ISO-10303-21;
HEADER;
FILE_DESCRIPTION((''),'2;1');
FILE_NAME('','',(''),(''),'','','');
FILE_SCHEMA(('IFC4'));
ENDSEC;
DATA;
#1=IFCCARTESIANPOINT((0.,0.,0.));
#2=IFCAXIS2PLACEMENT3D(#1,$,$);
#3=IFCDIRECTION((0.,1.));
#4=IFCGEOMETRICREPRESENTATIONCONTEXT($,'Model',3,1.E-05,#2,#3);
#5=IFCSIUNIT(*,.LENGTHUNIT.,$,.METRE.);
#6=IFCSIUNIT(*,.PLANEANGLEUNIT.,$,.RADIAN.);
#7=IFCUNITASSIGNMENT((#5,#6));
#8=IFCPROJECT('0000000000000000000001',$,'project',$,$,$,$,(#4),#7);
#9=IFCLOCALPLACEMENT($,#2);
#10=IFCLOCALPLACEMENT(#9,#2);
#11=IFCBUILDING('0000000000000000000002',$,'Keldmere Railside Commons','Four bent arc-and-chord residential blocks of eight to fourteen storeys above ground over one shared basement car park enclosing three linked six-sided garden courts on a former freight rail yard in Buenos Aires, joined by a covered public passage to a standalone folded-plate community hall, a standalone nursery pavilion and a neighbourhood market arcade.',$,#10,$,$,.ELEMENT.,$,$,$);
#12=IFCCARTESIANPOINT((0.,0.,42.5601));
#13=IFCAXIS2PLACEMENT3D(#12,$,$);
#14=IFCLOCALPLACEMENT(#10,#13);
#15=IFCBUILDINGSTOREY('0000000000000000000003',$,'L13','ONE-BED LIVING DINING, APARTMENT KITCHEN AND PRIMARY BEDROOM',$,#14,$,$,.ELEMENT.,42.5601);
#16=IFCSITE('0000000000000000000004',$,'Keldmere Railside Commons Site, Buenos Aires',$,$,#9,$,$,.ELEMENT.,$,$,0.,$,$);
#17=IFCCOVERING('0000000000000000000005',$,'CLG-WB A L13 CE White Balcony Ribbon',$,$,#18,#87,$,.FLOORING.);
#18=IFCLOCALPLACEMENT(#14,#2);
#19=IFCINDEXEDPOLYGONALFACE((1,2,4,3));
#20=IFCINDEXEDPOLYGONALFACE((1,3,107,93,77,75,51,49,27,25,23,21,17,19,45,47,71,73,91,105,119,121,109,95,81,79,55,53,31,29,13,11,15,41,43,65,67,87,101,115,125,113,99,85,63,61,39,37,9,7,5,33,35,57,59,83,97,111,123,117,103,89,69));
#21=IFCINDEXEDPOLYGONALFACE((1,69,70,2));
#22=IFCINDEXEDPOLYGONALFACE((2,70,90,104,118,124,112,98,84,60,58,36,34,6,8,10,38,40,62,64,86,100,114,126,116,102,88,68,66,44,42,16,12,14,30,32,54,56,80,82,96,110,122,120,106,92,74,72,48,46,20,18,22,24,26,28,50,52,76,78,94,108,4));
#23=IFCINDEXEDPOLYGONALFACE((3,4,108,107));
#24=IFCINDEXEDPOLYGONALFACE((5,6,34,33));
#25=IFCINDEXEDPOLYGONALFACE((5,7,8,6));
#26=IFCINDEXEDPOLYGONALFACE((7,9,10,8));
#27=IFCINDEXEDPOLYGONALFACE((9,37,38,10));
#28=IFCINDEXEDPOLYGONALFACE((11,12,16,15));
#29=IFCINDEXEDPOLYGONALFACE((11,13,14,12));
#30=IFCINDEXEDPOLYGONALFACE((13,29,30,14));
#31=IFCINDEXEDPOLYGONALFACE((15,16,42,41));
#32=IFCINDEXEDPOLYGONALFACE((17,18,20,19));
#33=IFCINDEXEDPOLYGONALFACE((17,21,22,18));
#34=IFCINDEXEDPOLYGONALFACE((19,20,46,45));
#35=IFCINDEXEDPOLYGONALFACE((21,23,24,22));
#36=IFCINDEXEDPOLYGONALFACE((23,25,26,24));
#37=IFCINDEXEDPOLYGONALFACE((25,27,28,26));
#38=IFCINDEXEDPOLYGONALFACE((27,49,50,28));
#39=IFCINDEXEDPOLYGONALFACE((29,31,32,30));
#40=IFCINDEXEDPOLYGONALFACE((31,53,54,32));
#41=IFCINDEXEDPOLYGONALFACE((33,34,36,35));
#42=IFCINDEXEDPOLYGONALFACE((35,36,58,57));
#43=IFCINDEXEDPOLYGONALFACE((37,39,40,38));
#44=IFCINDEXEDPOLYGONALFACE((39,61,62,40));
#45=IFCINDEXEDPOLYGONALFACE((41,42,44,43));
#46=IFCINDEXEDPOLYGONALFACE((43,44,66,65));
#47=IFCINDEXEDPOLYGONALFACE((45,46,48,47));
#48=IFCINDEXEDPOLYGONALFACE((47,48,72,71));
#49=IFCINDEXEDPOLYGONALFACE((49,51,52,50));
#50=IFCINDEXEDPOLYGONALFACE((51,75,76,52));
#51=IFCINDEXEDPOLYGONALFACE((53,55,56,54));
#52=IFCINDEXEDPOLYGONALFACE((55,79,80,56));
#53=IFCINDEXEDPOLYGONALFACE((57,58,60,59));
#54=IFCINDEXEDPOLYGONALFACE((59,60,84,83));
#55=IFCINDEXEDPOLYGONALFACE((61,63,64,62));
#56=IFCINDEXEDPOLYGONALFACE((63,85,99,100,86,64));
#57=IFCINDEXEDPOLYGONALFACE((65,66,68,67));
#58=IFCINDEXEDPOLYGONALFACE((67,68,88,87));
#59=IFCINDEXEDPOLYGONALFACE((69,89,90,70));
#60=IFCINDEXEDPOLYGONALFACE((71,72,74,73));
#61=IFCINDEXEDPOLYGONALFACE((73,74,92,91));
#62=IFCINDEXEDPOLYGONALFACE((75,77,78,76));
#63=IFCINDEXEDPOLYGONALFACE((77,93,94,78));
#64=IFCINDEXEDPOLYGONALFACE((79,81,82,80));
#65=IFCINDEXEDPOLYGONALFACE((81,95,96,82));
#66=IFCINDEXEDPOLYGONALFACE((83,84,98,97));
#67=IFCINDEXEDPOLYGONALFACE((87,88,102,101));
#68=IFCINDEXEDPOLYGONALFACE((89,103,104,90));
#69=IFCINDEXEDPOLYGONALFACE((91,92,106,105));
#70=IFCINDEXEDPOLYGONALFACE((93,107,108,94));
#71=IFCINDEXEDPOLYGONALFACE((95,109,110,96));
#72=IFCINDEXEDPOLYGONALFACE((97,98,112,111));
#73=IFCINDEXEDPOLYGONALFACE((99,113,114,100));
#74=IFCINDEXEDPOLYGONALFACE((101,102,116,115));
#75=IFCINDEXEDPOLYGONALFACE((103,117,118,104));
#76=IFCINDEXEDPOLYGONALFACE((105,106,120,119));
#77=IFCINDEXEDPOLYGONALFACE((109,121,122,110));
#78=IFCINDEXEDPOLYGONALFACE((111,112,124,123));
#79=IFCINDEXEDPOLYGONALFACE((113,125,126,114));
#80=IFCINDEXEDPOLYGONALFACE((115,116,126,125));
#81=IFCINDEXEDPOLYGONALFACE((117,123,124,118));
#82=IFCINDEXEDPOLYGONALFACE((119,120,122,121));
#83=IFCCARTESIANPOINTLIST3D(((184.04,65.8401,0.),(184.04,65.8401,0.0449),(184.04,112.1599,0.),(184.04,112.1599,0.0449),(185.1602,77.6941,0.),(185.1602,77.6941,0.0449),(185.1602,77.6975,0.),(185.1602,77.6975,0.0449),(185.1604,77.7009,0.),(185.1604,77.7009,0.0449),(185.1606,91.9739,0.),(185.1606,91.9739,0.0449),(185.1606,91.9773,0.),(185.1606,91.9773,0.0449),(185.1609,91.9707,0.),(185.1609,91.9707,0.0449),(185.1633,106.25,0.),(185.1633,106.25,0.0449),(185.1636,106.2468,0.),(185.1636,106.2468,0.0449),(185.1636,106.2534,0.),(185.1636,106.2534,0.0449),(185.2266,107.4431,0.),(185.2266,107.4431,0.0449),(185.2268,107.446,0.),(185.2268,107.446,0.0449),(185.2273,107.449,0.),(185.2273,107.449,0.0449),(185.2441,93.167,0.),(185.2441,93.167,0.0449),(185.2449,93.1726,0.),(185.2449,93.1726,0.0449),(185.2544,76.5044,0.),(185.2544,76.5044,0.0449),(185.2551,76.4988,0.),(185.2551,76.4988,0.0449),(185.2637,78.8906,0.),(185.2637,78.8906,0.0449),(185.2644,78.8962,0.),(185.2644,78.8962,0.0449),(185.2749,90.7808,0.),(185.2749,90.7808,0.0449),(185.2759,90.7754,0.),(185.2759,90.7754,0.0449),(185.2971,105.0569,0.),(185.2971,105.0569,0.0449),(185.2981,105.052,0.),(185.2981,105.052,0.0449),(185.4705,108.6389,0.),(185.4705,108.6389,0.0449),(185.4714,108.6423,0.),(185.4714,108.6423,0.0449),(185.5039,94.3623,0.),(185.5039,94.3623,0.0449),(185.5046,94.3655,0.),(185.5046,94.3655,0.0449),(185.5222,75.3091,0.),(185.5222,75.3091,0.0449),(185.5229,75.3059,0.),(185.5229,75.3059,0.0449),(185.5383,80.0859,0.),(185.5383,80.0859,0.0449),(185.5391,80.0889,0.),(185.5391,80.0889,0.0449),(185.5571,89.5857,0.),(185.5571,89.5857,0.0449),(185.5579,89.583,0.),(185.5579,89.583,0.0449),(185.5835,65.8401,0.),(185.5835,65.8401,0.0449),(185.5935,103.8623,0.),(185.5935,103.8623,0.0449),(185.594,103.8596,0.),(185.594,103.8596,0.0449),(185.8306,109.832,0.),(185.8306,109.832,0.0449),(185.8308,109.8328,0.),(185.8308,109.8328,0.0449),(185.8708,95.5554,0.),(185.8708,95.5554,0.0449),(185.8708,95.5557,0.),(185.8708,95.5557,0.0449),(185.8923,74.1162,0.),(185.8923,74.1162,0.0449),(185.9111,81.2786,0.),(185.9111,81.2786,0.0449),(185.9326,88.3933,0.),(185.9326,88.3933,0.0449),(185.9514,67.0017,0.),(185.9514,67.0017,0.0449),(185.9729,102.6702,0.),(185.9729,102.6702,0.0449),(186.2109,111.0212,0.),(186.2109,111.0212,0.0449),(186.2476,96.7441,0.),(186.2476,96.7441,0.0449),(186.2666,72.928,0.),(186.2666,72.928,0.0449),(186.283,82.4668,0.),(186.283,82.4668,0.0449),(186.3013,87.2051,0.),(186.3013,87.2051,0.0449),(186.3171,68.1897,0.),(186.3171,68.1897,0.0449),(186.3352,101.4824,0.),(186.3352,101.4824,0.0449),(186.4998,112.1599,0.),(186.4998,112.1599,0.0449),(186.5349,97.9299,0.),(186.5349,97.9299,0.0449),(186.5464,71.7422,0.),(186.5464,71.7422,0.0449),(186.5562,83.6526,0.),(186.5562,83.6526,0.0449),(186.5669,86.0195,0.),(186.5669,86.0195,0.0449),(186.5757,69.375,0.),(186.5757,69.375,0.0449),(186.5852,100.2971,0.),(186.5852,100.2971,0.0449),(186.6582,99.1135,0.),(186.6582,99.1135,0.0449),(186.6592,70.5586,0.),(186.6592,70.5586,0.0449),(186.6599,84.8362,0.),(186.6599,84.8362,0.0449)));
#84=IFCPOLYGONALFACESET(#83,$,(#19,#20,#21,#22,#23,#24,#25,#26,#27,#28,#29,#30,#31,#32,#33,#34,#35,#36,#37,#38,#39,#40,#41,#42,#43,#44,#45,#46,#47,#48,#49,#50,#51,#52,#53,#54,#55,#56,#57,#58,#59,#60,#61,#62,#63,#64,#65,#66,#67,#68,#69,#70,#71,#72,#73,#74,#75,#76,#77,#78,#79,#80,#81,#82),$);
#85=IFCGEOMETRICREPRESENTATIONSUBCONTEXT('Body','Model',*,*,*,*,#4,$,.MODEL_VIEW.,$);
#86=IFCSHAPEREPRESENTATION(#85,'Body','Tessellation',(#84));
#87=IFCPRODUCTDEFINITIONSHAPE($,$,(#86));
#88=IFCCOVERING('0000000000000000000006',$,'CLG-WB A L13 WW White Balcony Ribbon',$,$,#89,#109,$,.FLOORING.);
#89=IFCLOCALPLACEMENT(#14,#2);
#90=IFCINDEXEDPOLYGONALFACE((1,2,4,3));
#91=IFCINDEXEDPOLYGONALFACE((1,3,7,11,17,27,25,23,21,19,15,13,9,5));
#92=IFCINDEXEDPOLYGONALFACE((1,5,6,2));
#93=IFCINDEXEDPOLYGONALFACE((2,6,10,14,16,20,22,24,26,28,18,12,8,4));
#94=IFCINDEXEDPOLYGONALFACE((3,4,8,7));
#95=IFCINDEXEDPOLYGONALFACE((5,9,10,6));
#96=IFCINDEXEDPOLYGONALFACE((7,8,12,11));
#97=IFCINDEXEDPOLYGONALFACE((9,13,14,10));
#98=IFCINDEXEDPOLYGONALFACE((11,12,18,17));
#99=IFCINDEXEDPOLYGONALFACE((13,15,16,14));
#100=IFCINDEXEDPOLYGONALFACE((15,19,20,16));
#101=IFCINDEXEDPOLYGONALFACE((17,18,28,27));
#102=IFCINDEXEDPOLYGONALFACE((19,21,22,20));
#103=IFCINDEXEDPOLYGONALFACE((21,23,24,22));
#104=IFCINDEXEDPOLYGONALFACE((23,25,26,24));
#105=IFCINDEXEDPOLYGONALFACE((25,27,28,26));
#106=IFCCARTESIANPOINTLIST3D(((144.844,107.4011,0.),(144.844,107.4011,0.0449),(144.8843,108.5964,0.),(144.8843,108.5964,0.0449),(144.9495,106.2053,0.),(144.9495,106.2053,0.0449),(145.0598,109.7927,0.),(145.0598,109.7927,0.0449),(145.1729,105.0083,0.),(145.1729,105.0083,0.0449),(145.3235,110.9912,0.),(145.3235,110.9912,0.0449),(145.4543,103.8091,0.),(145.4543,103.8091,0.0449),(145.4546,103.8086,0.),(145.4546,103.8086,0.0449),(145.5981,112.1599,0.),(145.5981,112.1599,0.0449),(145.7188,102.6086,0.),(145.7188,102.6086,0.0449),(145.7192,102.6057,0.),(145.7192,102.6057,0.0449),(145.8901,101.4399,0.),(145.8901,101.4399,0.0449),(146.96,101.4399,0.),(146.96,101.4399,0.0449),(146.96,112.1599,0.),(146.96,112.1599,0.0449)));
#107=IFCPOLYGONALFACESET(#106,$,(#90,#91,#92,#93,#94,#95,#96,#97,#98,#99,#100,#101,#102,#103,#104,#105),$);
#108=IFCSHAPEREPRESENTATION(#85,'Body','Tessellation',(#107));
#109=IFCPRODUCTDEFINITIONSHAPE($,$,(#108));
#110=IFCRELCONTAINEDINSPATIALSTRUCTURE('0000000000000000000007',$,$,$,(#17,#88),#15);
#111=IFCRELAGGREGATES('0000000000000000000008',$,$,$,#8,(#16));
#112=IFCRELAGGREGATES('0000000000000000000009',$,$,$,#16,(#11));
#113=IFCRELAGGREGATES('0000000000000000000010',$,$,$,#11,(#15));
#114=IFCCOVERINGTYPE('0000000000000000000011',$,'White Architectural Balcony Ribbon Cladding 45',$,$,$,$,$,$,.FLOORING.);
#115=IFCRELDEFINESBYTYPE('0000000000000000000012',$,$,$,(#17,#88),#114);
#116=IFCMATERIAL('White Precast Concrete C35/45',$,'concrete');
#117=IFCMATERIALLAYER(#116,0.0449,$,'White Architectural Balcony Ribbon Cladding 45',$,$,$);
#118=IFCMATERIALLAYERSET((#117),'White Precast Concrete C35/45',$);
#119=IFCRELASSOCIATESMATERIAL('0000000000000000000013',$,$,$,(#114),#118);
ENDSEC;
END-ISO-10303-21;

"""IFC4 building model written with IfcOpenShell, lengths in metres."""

from ifc_helpers import new_model, si_unit, direction, frame, origin, place, context, subcontext, project, spatial, polyline, outline, extrude, material, layer, layer_set, type_object, element, save


model = new_model("IFC4")

# Units and contexts
model_context = context("Model", 3, precision=1e-05, world=origin(), true_north=direction((0.0, 1.0)))
body_context = subcontext(model_context, "Body", "Model", "MODEL_VIEW")
ifc_project = project(units=[si_unit("LENGTHUNIT", "METRE"), si_unit("PLANEANGLEUNIT", "RADIAN")], contexts=[model_context])

# Site, building, storey
site_placement = place(None, origin())
site = spatial("IfcSite", under=ifc_project, at=site_placement, Name="Keldmere Railside Commons Site, Buenos Aires", CompositionType="ELEMENT", RefElevation=0.0)
building_placement = place(site_placement, origin())
building = spatial("IfcBuilding", under=site, at=building_placement, Name="Keldmere Railside Commons", Description="Four bent arc-and-chord residential blocks of eight to fourteen storeys above ground over one shared basement car park enclosing three linked six-sided garden courts on a former freight rail yard in Buenos Aires, joined by a covered public passage to a standalone folded-plate community hall, a standalone nursery pavilion and a neighbourhood market arcade.", CompositionType="ELEMENT")
storey_placement = place(building_placement, frame((0.0, 0.0, 42.5601)))
storey = spatial("IfcBuildingStorey", under=building, at=storey_placement, Name="L13", Description="ONE-BED LIVING DINING, APARTMENT KITCHEN AND PRIMARY BEDROOM", CompositionType="ELEMENT", Elevation=42.5601)

# Coverings
ifc_material_1 = material(Name="White Precast Concrete C35/45", Category="concrete")
ifc_layer_1 = layer(ifc_material_1, 0.0449, Name="White Architectural Balcony Ribbon Cladding 45")
ifc_layer_set_1 = layer_set([ifc_layer_1], Name="White Precast Concrete C35/45")
covering_type = type_object("IfcCoveringType", Name="White Architectural Balcony Ribbon Cladding 45", PredefinedType="FLOORING", material=ifc_layer_set_1)
covering_1_placement = place(storey_placement, origin())
element("IfcCovering", 1, at=covering_1_placement, inside=storey, type_object=covering_type, Name="CLG-WB A L13 CE White Balcony Ribbon", PredefinedType="FLOORING", context=body_context, shape_type="SweptSolid", body=[
    extrude(outline(polyline([(185.9514, 67.0017), (186.3171, 68.1897), (186.5757, 69.375), (186.6592, 70.5586), (186.5464, 71.7422), (186.2666, 72.928), (185.8923, 74.1162), (185.8923, 74.1162), (185.5229, 75.3059), (185.5222, 75.3091), (185.2551, 76.4988), (185.2544, 76.5044), (185.1602, 77.6941), (185.1602, 77.6975), (185.1604, 77.7009), (185.2637, 78.8906), (185.2644, 78.8962), (185.5383, 80.0859), (185.5391, 80.0889), (185.9111, 81.2786), (186.283, 82.4668), (186.5562, 83.6526), (186.6599, 84.8362), (186.5669, 86.0195), (186.3013, 87.2051), (185.9326, 88.3933), (185.5579, 89.583), (185.5571, 89.5857), (185.2759, 90.7754), (185.2749, 90.7808), (185.1609, 91.9707), (185.1606, 91.9739), (185.1606, 91.9773), (185.2441, 93.167), (185.2449, 93.1726), (185.5039, 94.3623), (185.5046, 94.3655), (185.8708, 95.5554), (185.8708, 95.5557), (186.2476, 96.7441), (186.5349, 97.9299), (186.6582, 99.1135), (186.5852, 100.2971), (186.3352, 101.4824), (185.9729, 102.6702), (185.594, 103.8596), (185.5935, 103.8623), (185.2981, 105.052), (185.2971, 105.0569), (185.1636, 106.2468), (185.1633, 106.25), (185.1636, 106.2534), (185.2266, 107.4431), (185.2268, 107.446), (185.2273, 107.449), (185.4705, 108.6389), (185.4714, 108.6423), (185.8306, 109.832), (185.8308, 109.8328), (186.2109, 111.0212), (186.4998, 112.1599), (184.04, 112.1599), (184.04, 65.8401), (185.5835, 65.8401), (185.9514, 67.0017)])), origin(), (0.0, 0.0, 1.0), 0.0449),
])
covering_2_placement = place(storey_placement, origin())
element("IfcCovering", 2, at=covering_2_placement, inside=storey, type_object=covering_type, Name="CLG-WB A L13 WW White Balcony Ribbon", PredefinedType="FLOORING", context=body_context, shape_type="SweptSolid", body=[
    extrude(outline(polyline([(146.96, 112.1599), (145.5981, 112.1599), (145.3235, 110.9912), (145.0598, 109.7927), (144.8843, 108.5964), (144.844, 107.4011), (144.9495, 106.2053), (145.1729, 105.0083), (145.4543, 103.8091), (145.4546, 103.8086), (145.7188, 102.6086), (145.7192, 102.6057), (145.8901, 101.4399), (146.96, 101.4399), (146.96, 112.1599)])), origin(), (0.0, 0.0, 1.0), 0.0449),
])

save(model, "model.ifc")
